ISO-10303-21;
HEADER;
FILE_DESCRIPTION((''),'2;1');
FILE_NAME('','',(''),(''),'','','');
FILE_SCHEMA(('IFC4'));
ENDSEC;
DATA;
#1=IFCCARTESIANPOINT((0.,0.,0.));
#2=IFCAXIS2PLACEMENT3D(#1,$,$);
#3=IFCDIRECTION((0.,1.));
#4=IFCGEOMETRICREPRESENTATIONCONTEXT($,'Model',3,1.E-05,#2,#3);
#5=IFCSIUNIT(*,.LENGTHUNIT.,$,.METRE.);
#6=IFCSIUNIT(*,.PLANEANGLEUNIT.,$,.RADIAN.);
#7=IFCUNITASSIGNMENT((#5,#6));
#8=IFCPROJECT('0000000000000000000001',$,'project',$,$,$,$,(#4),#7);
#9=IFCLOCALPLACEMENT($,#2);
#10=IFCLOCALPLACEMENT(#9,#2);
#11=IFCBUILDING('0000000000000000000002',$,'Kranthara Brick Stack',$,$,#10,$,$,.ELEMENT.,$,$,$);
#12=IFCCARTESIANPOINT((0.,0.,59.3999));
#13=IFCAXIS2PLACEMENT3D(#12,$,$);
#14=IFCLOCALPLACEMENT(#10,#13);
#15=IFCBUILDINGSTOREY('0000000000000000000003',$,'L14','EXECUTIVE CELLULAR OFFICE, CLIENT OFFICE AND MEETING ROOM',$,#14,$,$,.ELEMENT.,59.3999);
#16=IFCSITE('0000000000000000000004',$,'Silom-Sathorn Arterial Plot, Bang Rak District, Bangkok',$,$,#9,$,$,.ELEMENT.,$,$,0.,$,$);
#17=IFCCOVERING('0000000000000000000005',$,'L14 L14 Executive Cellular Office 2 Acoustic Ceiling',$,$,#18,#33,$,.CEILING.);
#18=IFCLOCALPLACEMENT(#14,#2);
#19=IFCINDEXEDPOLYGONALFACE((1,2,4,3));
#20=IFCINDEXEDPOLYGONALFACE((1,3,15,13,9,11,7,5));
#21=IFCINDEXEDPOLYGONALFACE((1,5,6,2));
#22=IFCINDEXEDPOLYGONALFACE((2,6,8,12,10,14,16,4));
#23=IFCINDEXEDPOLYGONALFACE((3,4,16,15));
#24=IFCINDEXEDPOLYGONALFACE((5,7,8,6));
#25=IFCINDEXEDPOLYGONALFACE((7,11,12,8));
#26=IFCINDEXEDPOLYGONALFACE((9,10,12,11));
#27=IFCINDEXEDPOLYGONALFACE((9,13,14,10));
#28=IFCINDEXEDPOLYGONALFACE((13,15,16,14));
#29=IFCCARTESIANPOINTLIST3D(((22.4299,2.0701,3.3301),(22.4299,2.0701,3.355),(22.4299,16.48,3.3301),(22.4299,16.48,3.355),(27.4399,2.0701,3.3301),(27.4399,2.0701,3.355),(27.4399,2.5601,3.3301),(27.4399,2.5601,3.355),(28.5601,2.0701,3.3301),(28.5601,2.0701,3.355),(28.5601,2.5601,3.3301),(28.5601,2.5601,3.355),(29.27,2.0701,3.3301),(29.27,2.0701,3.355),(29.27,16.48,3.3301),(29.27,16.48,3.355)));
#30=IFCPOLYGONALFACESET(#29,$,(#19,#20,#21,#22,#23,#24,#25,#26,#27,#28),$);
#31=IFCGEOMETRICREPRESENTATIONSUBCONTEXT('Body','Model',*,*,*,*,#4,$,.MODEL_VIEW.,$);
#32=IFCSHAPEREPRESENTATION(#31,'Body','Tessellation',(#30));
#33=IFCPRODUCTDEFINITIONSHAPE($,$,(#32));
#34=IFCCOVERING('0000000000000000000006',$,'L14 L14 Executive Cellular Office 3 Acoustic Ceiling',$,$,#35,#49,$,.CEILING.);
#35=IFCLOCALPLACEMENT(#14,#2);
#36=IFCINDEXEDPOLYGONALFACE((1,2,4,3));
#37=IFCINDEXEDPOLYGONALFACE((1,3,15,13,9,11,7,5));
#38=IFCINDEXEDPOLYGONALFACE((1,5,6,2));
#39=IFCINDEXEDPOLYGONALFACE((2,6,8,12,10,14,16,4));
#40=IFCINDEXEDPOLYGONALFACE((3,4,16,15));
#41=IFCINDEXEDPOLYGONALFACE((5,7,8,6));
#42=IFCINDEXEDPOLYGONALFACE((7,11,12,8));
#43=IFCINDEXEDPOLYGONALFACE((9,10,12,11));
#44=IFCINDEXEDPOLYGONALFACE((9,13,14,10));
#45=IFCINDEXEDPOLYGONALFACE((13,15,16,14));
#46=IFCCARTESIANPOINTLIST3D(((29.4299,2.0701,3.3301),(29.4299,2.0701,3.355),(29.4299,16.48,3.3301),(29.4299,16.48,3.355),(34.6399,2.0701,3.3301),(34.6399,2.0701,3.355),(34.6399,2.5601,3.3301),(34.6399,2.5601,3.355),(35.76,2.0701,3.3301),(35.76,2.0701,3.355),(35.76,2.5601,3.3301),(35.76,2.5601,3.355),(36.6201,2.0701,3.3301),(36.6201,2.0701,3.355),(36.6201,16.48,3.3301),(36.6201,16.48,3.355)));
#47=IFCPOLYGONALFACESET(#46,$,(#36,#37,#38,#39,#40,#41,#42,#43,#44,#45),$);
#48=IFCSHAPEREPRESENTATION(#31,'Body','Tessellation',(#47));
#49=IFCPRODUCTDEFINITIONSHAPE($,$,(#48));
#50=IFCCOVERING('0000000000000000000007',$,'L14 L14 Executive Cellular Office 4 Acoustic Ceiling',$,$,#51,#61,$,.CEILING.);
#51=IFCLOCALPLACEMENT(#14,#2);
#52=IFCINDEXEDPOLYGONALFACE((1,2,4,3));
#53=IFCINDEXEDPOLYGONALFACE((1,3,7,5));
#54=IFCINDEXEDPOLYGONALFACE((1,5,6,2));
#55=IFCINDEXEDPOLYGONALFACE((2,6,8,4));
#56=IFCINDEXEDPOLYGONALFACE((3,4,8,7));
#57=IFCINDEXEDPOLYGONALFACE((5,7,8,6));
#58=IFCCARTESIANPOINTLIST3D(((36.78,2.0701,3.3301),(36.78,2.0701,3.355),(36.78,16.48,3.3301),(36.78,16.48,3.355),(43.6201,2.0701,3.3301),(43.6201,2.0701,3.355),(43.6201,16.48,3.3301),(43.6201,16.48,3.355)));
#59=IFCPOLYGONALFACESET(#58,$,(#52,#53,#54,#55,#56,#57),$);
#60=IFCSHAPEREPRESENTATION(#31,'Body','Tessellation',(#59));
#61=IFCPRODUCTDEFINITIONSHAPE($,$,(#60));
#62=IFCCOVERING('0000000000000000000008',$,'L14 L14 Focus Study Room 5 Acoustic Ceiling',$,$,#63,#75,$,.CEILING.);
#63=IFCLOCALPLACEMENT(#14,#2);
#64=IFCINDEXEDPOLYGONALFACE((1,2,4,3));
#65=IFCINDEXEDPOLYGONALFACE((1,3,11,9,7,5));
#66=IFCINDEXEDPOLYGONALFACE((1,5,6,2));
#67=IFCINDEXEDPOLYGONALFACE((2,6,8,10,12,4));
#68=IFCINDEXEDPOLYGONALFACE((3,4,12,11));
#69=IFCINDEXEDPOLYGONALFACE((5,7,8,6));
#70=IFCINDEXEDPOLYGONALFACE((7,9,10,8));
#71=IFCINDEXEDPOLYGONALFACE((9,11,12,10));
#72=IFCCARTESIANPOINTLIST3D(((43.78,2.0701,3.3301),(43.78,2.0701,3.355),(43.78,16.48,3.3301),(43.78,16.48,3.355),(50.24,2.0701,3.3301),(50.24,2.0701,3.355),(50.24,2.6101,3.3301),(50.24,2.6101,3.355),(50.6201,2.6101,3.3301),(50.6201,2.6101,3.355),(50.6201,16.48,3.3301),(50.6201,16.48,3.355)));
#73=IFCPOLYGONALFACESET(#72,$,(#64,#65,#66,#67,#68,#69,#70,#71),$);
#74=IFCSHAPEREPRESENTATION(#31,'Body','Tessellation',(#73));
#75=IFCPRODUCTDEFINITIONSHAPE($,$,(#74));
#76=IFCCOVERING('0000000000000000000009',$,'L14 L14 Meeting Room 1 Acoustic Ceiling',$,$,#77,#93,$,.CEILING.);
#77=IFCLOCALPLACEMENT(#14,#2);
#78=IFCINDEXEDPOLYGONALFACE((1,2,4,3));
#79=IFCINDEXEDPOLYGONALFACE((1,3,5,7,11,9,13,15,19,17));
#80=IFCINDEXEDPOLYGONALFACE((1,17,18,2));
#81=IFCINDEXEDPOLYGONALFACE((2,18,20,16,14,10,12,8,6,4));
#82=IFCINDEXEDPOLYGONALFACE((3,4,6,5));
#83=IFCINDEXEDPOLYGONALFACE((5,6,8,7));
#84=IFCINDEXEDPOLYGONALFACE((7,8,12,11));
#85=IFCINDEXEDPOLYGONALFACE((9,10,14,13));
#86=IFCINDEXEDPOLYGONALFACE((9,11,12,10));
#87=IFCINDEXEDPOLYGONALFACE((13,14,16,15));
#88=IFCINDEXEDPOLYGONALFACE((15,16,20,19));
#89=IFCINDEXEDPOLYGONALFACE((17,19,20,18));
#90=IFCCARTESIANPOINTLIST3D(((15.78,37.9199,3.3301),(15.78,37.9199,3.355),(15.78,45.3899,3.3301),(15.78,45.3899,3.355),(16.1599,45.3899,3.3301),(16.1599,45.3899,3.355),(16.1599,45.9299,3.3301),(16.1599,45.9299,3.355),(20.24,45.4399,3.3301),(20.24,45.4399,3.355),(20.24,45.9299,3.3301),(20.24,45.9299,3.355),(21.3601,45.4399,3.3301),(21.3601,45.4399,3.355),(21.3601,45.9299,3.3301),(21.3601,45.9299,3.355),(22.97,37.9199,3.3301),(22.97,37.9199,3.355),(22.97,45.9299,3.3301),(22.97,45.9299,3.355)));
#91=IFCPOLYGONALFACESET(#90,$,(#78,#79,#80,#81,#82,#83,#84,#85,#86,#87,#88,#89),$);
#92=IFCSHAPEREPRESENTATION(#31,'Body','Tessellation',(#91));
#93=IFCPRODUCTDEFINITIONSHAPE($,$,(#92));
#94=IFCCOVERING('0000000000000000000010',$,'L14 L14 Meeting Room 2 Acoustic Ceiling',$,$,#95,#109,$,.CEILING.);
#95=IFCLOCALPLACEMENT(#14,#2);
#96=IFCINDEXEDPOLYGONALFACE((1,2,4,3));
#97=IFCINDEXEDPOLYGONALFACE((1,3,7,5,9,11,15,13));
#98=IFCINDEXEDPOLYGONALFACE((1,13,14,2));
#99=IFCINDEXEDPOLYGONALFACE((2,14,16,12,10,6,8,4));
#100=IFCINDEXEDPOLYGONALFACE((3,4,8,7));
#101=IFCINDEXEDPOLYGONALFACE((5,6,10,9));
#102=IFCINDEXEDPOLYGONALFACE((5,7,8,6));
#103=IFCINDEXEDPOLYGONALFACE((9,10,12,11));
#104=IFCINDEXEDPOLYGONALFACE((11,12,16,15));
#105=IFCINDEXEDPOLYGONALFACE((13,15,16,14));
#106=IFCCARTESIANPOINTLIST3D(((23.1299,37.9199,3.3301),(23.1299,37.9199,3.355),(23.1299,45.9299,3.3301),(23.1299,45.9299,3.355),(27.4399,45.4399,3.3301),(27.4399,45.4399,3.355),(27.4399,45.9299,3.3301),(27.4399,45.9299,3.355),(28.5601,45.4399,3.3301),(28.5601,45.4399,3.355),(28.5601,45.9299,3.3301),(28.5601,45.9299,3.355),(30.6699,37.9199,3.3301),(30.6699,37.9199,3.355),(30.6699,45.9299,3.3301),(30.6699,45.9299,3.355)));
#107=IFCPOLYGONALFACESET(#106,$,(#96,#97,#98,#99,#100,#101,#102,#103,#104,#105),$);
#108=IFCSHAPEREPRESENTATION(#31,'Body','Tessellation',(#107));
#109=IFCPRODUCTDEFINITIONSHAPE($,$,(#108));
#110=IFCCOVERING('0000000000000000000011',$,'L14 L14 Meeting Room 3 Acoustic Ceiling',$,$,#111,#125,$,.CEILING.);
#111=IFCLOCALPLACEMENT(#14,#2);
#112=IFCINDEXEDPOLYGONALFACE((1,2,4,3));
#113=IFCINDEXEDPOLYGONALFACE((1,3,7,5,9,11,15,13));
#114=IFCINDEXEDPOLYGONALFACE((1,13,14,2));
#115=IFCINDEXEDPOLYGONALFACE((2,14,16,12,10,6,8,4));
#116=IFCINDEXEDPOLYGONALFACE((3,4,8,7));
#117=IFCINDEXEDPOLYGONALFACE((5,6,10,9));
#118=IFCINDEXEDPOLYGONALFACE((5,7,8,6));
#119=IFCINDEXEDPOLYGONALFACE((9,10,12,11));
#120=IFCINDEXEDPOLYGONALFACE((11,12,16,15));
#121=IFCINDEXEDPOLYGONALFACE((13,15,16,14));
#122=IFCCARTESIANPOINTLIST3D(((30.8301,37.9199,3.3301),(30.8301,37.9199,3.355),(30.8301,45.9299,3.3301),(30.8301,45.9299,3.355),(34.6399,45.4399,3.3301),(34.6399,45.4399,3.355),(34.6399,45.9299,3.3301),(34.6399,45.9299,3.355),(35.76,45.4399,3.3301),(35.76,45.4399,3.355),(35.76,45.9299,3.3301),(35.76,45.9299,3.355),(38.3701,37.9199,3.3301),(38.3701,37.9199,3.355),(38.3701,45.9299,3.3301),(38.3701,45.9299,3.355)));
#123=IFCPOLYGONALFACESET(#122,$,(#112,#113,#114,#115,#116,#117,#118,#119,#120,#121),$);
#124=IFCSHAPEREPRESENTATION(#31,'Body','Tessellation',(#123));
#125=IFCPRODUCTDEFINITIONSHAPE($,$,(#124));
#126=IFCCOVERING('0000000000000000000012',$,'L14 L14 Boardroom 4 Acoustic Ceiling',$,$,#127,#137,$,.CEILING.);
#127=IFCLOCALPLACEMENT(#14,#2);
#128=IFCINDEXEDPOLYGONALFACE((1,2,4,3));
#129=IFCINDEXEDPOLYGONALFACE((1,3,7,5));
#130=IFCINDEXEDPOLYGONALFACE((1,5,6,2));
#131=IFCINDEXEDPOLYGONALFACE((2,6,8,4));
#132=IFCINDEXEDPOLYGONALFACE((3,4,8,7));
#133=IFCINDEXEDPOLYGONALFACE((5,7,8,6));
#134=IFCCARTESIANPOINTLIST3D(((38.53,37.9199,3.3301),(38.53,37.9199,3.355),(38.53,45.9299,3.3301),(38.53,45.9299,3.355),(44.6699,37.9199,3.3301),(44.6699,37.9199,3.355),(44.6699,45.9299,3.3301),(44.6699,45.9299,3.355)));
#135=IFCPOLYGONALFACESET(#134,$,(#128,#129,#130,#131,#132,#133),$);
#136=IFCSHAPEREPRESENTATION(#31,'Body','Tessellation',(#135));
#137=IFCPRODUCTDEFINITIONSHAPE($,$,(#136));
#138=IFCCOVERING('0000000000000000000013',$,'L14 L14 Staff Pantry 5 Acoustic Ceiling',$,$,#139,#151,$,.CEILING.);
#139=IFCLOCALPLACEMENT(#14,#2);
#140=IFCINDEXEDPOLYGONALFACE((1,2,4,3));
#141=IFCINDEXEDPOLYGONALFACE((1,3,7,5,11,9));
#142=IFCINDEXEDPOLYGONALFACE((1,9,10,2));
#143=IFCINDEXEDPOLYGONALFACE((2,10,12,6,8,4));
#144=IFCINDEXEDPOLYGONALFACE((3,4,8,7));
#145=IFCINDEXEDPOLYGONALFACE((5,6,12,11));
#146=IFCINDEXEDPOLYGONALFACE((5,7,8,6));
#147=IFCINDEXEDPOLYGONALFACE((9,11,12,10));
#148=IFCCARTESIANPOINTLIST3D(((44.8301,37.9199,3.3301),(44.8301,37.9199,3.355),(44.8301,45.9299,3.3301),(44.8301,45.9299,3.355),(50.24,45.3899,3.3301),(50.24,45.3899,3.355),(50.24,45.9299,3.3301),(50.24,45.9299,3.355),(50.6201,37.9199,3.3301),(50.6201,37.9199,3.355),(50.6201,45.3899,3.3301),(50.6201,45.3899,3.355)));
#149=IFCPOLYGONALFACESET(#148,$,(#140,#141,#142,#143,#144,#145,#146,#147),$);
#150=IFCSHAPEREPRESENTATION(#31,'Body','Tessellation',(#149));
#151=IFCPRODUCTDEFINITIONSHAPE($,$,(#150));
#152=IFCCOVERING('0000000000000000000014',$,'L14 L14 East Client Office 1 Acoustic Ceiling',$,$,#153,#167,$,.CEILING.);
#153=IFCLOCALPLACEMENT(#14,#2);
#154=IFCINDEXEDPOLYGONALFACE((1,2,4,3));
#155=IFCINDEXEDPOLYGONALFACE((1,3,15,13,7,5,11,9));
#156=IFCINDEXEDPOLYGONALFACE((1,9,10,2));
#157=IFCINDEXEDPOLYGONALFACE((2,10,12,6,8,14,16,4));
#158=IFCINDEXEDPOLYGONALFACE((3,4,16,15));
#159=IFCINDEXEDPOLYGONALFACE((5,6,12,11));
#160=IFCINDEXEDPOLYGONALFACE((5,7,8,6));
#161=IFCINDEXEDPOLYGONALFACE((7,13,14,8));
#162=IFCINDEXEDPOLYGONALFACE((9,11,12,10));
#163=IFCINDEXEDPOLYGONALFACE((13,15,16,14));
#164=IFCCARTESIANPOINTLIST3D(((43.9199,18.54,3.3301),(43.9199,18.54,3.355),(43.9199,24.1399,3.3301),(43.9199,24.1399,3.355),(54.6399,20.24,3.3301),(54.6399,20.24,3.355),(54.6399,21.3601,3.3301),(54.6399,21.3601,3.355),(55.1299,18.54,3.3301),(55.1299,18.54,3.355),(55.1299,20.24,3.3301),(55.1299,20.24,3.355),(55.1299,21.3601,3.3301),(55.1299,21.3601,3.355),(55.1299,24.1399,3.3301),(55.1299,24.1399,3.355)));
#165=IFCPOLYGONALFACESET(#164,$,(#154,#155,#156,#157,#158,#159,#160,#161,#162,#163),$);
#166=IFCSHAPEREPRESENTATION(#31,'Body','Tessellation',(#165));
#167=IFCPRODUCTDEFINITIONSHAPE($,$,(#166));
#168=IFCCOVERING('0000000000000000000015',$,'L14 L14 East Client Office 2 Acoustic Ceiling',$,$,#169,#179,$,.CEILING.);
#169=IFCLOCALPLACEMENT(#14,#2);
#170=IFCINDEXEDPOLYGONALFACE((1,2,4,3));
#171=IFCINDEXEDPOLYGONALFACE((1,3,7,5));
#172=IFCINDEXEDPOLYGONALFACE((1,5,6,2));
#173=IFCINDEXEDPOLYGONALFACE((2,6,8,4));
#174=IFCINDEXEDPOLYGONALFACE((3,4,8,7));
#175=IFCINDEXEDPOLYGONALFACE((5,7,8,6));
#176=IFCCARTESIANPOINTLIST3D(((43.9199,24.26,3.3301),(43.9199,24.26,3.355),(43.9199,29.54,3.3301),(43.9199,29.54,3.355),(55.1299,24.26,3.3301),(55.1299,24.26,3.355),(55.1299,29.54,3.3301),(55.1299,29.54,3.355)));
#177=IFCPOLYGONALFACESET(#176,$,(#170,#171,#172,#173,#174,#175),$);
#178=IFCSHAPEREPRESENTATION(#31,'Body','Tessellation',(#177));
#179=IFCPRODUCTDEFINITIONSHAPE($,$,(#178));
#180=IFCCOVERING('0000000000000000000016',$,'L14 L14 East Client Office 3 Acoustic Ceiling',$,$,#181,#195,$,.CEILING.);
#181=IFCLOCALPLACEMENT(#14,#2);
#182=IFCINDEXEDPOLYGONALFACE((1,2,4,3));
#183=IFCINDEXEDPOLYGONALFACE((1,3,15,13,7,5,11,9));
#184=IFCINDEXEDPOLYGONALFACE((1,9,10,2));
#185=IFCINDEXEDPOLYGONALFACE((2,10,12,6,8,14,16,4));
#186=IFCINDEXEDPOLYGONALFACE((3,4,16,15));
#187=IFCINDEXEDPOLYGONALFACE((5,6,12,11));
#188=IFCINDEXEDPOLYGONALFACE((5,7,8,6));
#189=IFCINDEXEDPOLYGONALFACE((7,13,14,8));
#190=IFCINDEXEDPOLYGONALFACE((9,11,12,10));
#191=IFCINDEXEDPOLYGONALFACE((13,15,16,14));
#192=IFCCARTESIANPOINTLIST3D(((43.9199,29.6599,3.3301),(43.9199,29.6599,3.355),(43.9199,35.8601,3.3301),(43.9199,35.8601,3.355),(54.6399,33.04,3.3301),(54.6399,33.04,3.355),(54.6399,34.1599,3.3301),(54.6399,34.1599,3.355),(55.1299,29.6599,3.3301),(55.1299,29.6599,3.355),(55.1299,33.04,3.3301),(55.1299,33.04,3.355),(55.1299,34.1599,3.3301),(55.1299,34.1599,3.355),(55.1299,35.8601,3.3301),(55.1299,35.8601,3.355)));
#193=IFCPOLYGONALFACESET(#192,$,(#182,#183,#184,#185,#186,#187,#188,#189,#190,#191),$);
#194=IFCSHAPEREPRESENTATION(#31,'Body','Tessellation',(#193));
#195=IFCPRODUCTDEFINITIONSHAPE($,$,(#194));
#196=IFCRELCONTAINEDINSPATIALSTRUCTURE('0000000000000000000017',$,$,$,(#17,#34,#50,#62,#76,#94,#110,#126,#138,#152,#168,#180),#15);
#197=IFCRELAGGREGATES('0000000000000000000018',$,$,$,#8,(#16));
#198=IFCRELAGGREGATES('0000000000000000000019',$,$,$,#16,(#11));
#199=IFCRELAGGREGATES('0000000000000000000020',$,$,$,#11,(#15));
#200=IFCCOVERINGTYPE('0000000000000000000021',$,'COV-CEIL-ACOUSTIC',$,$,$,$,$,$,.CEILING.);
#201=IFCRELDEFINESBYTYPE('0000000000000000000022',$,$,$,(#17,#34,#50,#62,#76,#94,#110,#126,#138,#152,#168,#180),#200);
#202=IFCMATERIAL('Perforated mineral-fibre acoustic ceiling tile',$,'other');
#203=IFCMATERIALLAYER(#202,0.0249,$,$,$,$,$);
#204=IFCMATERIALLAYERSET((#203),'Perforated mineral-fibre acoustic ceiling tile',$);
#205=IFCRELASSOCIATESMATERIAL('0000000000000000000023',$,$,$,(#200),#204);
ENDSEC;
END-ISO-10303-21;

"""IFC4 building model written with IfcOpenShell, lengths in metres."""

from ifc_helpers import new_model, si_unit, direction, frame, origin, place, context, subcontext, project, spatial, polyline, outline, extrude, material, layer, layer_set, type_object, element, save


model = new_model("IFC4")

# Units and contexts
model_context = context("Model", 3, precision=1e-05, world=origin(), true_north=direction((0.0, 1.0)))
body_context = subcontext(model_context, "Body", "Model", "MODEL_VIEW")
ifc_project = project(units=[si_unit("LENGTHUNIT", "METRE"), si_unit("PLANEANGLEUNIT", "RADIAN")], contexts=[model_context])

# Site, building, storey
site_placement = place(None, origin())
site = spatial("IfcSite", under=ifc_project, at=site_placement, Name="Silom-Sathorn Arterial Plot, Bang Rak District, Bangkok", CompositionType="ELEMENT", RefElevation=0.0)
building_placement = place(site_placement, origin())
building = spatial("IfcBuilding", under=site, at=building_placement, Name="Kranthara Brick Stack", CompositionType="ELEMENT")
storey_placement = place(building_placement, frame((0.0, 0.0, 59.3999)))
storey = spatial("IfcBuildingStorey", under=building, at=storey_placement, Name="L14", Description="EXECUTIVE CELLULAR OFFICE, CLIENT OFFICE AND MEETING ROOM", CompositionType="ELEMENT", Elevation=59.3999)

# Coverings
ifc_material_1 = material(Name="Perforated mineral-fibre acoustic ceiling tile", Category="other")
ifc_layer_1 = layer(ifc_material_1, 0.0249)
ifc_layer_set_1 = layer_set([ifc_layer_1], Name="Perforated mineral-fibre acoustic ceiling tile")
covering_type_1 = type_object("IfcCoveringType", Name="COV-CEIL-ACOUSTIC", PredefinedType="CEILING", material=ifc_layer_set_1)
covering_1_placement = place(storey_placement, frame((0.0, 0.0, 3.3301)))
element("IfcCovering", 1, at=covering_1_placement, inside=storey, type_object=covering_type_1, Name="L14 L14 Executive Cellular Office 2 Acoustic Ceiling", PredefinedType="CEILING", context=body_context, shape_type="SweptSolid", body=[
    extrude(outline(polyline([(22.4299, 2.0701), (22.4299, 16.48), (29.27, 16.48), (29.27, 2.0701), (28.5601, 2.0701), (28.5601, 2.5601), (27.4399, 2.5601), (27.4399, 2.0701), (22.4299, 2.0701)])), origin(), (0.0, 0.0, 1.0), 0.0249),
])
covering_2_placement = place(storey_placement, frame((0.0, 0.0, 3.3301)))
element("IfcCovering", 2, at=covering_2_placement, inside=storey, type_object=covering_type_1, Name="L14 L14 Executive Cellular Office 3 Acoustic Ceiling", PredefinedType="CEILING", context=body_context, shape_type="SweptSolid", body=[
    extrude(outline(polyline([(29.4299, 2.0701), (29.4299, 16.48), (36.6201, 16.48), (36.6201, 2.0701), (35.76, 2.0701), (35.76, 2.5601), (34.6399, 2.5601), (34.6399, 2.0701), (29.4299, 2.0701)])), origin(), (0.0, 0.0, 1.0), 0.0249),
])
covering_3_placement = place(storey_placement, frame((0.0, 0.0, 3.3301)))
element("IfcCovering", 3, at=covering_3_placement, inside=storey, type_object=covering_type_1, Name="L14 L14 Executive Cellular Office 4 Acoustic Ceiling", PredefinedType="CEILING", context=body_context, shape_type="SweptSolid", body=[
    extrude(outline(polyline([(43.6201, 2.0701), (43.6201, 16.48), (36.78, 16.48), (36.78, 2.0701), (43.6201, 2.0701)])), origin(), (0.0, 0.0, 1.0), 0.0249),
])
covering_4_placement = place(storey_placement, frame((0.0, 0.0, 3.3301)))
element("IfcCovering", 4, at=covering_4_placement, inside=storey, type_object=covering_type_1, Name="L14 L14 Focus Study Room 5 Acoustic Ceiling", PredefinedType="CEILING", context=body_context, shape_type="SweptSolid", body=[
    extrude(outline(polyline([(43.78, 2.0701), (43.78, 16.48), (50.6201, 16.48), (50.6201, 2.6101), (50.24, 2.6101), (50.24, 2.0701), (43.78, 2.0701)])), origin(), (0.0, 0.0, 1.0), 0.0249),
])
covering_5_placement = place(storey_placement, frame((0.0, 0.0, 3.3301)))
element("IfcCovering", 5, at=covering_5_placement, inside=storey, type_object=covering_type_1, Name="L14 L14 Meeting Room 1 Acoustic Ceiling", PredefinedType="CEILING", context=body_context, shape_type="SweptSolid", body=[
    extrude(outline(polyline([(22.97, 37.9199), (15.78, 37.9199), (15.78, 45.3899), (16.1599, 45.3899), (16.1599, 45.9299), (20.24, 45.9299), (20.24, 45.4399), (21.3601, 45.4399), (21.3601, 45.9299), (22.97, 45.9299), (22.97, 37.9199)])), origin(), (0.0, 0.0, 1.0), 0.0249),
])
covering_6_placement = place(storey_placement, frame((0.0, 0.0, 3.3301)))
element("IfcCovering", 6, at=covering_6_placement, inside=storey, type_object=covering_type_1, Name="L14 L14 Meeting Room 2 Acoustic Ceiling", PredefinedType="CEILING", context=body_context, shape_type="SweptSolid", body=[
    extrude(outline(polyline([(30.6699, 45.9299), (30.6699, 37.9199), (23.1299, 37.9199), (23.1299, 45.9299), (27.4399, 45.9299), (27.4399, 45.4399), (28.5601, 45.4399), (28.5601, 45.9299), (30.6699, 45.9299)])), origin(), (0.0, 0.0, 1.0), 0.0249),
])
covering_7_placement = place(storey_placement, frame((0.0, 0.0, 3.3301)))
element("IfcCovering", 7, at=covering_7_placement, inside=storey, type_object=covering_type_1, Name="L14 L14 Meeting Room 3 Acoustic Ceiling", PredefinedType="CEILING", context=body_context, shape_type="SweptSolid", body=[
    extrude(outline(polyline([(38.3701, 45.9299), (38.3701, 37.9199), (30.8301, 37.9199), (30.8301, 45.9299), (34.6399, 45.9299), (34.6399, 45.4399), (35.76, 45.4399), (35.76, 45.9299), (38.3701, 45.9299)])), origin(), (0.0, 0.0, 1.0), 0.0249),
])
covering_8_placement = place(storey_placement, frame((0.0, 0.0, 3.3301)))
element("IfcCovering", 8, at=covering_8_placement, inside=storey, type_object=covering_type_1, Name="L14 L14 Boardroom 4 Acoustic Ceiling", PredefinedType="CEILING", context=body_context, shape_type="SweptSolid", body=[
    extrude(outline(polyline([(44.6699, 37.9199), (44.6699, 45.9299), (38.53, 45.9299), (38.53, 37.9199), (44.6699, 37.9199)])), origin(), (0.0, 0.0, 1.0), 0.0249),
])
covering_9_placement = place(storey_placement, frame((0.0, 0.0, 3.3301)))
element("IfcCovering", 9, at=covering_9_placement, inside=storey, type_object=covering_type_1, Name="L14 L14 Staff Pantry 5 Acoustic Ceiling", PredefinedType="CEILING", context=body_context, shape_type="SweptSolid", body=[
    extrude(outline(polyline([(50.6201, 37.9199), (44.8301, 37.9199), (44.8301, 45.9299), (50.24, 45.9299), (50.24, 45.3899), (50.6201, 45.3899), (50.6201, 37.9199)])), origin(), (0.0, 0.0, 1.0), 0.0249),
])
covering_10_placement = place(storey_placement, frame((0.0, 0.0, 3.3301)))
element("IfcCovering", 10, at=covering_10_placement, inside=storey, type_object=covering_type_1, Name="L14 L14 East Client Office 1 Acoustic Ceiling", PredefinedType="CEILING", context=body_context, shape_type="SweptSolid", body=[
    extrude(outline(polyline([(55.1299, 18.54), (43.9199, 18.54), (43.9199, 24.1399), (55.1299, 24.1399), (55.1299, 21.3601), (54.6399, 21.3601), (54.6399, 20.24), (55.1299, 20.24), (55.1299, 18.54)])), origin(), (0.0, 0.0, 1.0), 0.0249),
])
covering_11_placement = place(storey_placement, frame((0.0, 0.0, 3.3301)))
element("IfcCovering", 11, at=covering_11_placement, inside=storey, type_object=covering_type_1, Name="L14 L14 East Client Office 2 Acoustic Ceiling", PredefinedType="CEILING", context=body_context, shape_type="SweptSolid", body=[
    extrude(outline(polyline([(55.1299, 24.26), (55.1299, 29.54), (43.9199, 29.54), (43.9199, 24.26), (55.1299, 24.26)])), origin(), (0.0, 0.0, 1.0), 0.0249),
])
covering_12_placement = place(storey_placement, frame((0.0, 0.0, 3.3301)))
element("IfcCovering", 12, at=covering_12_placement, inside=storey, type_object=covering_type_1, Name="L14 L14 East Client Office 3 Acoustic Ceiling", PredefinedType="CEILING", context=body_context, shape_type="SweptSolid", body=[
    extrude(outline(polyline([(55.1299, 29.6599), (43.9199, 29.6599), (43.9199, 35.8601), (55.1299, 35.8601), (55.1299, 34.1599), (54.6399, 34.1599), (54.6399, 33.04), (55.1299, 33.04), (55.1299, 29.6599)])), origin(), (0.0, 0.0, 1.0), 0.0249),
])

save(model, "model.ifc")
